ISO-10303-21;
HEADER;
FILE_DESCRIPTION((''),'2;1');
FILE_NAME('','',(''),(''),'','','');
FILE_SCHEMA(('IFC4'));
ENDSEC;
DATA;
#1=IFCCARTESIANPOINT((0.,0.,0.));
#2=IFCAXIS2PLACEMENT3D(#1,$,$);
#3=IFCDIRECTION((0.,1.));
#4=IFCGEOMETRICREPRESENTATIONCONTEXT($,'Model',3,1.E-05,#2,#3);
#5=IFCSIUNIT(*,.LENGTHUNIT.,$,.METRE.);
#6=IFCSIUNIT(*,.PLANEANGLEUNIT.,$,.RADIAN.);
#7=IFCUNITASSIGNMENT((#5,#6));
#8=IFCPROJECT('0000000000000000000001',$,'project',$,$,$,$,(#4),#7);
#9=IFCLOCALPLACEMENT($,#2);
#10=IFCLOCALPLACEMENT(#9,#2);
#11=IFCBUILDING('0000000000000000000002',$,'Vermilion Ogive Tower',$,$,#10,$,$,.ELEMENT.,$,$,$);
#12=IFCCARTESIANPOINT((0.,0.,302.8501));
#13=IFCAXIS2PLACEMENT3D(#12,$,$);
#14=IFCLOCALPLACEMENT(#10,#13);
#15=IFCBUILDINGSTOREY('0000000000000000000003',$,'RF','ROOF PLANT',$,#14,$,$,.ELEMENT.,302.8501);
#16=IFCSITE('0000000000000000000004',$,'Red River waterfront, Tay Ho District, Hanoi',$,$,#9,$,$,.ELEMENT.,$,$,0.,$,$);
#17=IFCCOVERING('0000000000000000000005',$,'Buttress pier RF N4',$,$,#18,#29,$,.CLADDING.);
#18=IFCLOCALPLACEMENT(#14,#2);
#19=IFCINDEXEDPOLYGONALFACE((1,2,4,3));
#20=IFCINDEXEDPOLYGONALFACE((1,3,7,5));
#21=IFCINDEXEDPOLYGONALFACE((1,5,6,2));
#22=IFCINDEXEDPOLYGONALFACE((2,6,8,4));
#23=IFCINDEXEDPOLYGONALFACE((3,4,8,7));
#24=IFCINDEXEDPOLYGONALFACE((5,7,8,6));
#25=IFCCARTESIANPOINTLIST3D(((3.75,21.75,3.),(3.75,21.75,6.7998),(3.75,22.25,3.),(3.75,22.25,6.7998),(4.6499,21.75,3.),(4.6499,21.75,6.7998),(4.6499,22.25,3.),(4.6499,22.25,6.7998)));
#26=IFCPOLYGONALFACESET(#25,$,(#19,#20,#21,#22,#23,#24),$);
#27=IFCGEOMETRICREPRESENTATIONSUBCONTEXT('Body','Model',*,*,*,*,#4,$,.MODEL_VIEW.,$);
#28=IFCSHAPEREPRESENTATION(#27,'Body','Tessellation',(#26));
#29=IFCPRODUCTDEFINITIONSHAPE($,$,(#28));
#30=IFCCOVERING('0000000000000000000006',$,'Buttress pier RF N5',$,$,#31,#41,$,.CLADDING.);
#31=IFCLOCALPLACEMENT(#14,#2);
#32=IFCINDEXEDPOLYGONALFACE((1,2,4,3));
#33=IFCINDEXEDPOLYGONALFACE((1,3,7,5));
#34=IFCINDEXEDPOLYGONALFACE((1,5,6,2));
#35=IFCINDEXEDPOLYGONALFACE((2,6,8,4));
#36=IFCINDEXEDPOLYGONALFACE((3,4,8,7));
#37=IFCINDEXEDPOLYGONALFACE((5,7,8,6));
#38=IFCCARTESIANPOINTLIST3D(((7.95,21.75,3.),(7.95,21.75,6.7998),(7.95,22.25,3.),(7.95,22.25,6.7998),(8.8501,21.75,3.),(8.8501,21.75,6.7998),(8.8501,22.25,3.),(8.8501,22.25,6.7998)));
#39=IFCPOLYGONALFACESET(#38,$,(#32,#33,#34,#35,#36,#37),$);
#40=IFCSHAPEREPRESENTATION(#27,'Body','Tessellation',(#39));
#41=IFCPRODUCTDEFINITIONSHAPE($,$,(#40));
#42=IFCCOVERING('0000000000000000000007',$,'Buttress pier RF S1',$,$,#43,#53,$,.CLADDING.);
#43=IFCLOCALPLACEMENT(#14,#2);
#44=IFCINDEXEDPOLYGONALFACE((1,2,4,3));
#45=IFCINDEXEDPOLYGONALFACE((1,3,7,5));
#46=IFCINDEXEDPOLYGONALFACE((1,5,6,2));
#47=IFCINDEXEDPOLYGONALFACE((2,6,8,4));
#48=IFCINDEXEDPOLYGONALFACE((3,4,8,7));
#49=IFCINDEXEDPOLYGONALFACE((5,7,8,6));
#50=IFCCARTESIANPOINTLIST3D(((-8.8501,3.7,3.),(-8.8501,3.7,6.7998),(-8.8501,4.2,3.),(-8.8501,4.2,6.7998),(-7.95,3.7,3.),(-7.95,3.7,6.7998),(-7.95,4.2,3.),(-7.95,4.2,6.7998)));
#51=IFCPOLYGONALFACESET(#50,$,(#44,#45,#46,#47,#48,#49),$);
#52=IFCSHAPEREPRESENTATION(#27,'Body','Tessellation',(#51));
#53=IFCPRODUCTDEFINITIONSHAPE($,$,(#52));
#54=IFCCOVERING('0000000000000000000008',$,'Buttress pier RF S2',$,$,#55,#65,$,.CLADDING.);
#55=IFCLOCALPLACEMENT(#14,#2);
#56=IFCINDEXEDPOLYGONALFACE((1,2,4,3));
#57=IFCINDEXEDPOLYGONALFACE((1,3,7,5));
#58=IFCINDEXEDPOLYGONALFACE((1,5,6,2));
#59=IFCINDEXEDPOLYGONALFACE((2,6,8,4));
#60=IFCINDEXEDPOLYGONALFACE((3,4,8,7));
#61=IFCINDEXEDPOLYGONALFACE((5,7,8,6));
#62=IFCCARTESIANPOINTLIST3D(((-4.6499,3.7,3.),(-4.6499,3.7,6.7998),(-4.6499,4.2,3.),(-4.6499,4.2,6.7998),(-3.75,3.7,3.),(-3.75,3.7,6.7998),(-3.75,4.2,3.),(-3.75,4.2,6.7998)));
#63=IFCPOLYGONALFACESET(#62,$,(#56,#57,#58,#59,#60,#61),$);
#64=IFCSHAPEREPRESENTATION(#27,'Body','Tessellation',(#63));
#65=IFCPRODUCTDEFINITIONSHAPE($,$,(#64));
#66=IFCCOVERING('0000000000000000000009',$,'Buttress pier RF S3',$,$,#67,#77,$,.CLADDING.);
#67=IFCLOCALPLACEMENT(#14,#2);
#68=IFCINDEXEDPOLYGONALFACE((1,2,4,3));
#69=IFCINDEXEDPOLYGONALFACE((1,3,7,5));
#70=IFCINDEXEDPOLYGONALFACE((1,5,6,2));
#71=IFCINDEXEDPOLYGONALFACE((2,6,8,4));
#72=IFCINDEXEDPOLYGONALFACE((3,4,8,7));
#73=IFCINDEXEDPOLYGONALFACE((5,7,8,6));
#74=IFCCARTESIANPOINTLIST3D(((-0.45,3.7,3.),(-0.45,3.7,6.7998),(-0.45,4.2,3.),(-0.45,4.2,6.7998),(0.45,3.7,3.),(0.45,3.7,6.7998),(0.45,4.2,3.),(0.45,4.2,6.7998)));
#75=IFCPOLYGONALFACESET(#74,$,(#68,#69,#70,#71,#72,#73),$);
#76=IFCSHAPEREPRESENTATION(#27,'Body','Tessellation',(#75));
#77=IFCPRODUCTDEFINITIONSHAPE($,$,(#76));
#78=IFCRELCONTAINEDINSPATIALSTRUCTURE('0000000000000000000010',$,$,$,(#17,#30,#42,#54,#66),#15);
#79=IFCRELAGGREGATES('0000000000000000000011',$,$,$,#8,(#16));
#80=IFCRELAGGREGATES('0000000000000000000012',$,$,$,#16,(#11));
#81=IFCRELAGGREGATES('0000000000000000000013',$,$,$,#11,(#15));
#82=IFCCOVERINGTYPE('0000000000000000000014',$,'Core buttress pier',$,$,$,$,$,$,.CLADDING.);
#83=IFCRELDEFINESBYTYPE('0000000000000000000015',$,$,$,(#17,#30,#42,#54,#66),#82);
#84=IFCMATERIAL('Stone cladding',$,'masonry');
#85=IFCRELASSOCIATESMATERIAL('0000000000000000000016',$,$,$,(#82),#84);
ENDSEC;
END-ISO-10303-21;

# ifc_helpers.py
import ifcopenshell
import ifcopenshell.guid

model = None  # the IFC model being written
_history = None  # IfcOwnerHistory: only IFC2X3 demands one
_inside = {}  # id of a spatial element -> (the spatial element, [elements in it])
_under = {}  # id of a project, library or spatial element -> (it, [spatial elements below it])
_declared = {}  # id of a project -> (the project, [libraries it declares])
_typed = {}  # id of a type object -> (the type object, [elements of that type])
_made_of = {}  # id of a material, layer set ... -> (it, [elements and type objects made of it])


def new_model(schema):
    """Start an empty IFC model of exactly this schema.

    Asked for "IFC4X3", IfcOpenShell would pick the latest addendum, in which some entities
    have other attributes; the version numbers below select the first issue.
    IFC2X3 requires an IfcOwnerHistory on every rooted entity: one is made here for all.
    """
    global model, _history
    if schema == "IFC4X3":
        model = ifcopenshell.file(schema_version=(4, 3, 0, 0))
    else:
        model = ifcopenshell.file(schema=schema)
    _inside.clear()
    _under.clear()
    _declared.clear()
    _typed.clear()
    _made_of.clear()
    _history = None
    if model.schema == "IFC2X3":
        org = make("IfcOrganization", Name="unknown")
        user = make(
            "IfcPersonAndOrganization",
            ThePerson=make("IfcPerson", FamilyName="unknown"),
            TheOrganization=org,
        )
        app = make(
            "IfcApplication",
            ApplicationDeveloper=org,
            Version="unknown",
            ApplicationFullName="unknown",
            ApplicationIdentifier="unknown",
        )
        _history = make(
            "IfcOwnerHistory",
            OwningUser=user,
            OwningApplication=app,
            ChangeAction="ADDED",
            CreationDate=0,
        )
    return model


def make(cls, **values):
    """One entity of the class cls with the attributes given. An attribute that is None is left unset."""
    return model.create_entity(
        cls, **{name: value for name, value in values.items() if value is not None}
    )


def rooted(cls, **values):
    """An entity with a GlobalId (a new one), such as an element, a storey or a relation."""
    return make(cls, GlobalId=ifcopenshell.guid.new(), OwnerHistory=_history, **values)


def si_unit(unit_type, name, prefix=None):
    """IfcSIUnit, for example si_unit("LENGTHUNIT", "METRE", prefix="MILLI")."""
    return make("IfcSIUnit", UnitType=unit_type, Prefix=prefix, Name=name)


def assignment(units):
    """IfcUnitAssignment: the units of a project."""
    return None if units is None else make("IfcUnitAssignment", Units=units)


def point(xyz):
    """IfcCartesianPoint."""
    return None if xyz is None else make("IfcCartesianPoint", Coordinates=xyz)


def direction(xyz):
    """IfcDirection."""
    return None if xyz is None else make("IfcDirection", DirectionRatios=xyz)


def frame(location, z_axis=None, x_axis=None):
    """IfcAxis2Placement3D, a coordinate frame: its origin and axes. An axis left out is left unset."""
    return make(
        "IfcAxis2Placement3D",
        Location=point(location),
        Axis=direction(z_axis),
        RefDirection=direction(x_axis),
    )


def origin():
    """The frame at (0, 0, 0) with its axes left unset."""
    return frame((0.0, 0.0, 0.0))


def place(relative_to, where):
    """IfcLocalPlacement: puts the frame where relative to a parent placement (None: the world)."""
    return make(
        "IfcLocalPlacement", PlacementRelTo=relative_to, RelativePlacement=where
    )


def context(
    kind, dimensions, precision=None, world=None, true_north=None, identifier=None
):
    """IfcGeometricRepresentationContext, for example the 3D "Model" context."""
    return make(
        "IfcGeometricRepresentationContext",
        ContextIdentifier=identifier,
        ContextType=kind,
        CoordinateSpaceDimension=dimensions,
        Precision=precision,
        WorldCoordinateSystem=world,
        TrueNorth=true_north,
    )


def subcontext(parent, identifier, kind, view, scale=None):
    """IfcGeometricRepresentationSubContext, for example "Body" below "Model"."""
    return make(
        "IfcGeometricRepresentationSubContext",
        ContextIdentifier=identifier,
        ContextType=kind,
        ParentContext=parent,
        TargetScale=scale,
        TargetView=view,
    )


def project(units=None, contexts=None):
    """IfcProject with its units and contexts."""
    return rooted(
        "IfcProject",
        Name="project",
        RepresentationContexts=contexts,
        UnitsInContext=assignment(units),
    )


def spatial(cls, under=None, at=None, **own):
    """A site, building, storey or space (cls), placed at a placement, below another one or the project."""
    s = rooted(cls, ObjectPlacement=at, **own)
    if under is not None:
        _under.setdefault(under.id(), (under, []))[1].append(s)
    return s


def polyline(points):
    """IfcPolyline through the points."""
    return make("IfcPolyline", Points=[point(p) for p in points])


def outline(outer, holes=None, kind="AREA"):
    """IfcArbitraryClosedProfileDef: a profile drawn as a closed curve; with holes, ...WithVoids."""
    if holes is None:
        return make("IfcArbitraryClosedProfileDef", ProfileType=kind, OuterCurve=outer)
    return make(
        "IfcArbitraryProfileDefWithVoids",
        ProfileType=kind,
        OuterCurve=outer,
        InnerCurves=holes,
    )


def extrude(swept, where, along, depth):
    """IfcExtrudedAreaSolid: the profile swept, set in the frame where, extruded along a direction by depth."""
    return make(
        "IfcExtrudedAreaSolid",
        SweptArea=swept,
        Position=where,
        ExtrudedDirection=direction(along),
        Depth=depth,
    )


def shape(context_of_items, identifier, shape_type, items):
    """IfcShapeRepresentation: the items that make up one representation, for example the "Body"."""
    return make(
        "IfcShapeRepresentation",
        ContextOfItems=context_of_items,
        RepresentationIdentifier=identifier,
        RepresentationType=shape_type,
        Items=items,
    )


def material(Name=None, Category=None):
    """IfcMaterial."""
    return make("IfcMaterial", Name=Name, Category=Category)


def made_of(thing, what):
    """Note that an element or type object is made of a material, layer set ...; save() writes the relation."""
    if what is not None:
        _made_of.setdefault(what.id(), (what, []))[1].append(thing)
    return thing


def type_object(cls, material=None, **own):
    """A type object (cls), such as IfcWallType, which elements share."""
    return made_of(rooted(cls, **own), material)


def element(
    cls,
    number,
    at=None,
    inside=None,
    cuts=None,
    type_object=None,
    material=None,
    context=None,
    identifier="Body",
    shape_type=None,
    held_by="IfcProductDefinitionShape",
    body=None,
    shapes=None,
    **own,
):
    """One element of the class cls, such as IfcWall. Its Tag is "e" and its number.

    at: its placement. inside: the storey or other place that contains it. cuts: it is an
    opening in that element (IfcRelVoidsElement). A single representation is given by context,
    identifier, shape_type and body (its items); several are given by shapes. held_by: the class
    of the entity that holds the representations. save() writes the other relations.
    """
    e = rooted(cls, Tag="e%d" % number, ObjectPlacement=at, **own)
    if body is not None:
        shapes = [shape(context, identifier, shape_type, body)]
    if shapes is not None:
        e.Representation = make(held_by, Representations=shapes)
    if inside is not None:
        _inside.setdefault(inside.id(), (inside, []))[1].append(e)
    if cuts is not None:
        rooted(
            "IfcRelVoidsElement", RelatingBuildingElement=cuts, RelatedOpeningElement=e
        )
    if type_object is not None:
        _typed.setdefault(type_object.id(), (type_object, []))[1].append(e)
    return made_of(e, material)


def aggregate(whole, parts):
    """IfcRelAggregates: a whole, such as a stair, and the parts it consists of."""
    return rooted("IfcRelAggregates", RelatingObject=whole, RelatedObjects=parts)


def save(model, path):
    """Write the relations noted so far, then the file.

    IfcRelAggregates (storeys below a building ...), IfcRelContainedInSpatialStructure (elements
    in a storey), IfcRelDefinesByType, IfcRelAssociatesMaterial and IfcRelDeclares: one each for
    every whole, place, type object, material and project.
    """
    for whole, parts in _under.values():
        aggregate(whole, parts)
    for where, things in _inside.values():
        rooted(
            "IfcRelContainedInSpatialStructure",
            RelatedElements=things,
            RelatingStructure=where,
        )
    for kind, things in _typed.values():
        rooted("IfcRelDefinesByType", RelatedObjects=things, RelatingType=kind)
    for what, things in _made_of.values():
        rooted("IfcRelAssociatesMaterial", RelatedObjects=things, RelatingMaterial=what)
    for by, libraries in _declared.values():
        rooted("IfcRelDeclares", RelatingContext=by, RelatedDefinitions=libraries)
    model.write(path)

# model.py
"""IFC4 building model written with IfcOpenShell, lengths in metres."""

from ifc_helpers import new_model, si_unit, direction, frame, origin, place, context, subcontext, project, spatial, polyline, outline, extrude, material, type_object, element, save


model = new_model("IFC4")

# Units and contexts
model_context = context("Model", 3, precision=1e-05, world=origin(), true_north=direction((0.0, 1.0)))
body_context = subcontext(model_context, "Body", "Model", "MODEL_VIEW")
ifc_project = project(units=[si_unit("LENGTHUNIT", "METRE"), si_unit("PLANEANGLEUNIT", "RADIAN")], contexts=[model_context])

# Site, building, storey
site_placement = place(None, origin())
site = spatial("IfcSite", under=ifc_project, at=site_placement, Name="Red River waterfront, Tay Ho District, Hanoi", CompositionType="ELEMENT", RefElevation=0.0)
building_placement = place(site_placement, origin())
building = spatial("IfcBuilding", under=site, at=building_placement, Name="Vermilion Ogive Tower", CompositionType="ELEMENT")
storey_placement = place(building_placement, frame((0.0, 0.0, 302.8501)))
storey = spatial("IfcBuildingStorey", under=building, at=storey_placement, Name="RF", Description="ROOF PLANT", CompositionType="ELEMENT", Elevation=302.8501)

# Coverings
ifc_material_1 = material(Name="Stone cladding", Category="masonry")
covering_type = type_object("IfcCoveringType", Name="Core buttress pier", PredefinedType="CLADDING", material=ifc_material_1)
covering_1_placement = place(storey_placement, frame((0.0, 0.0, 3.0)))
element("IfcCovering", 1, at=covering_1_placement, inside=storey, type_object=covering_type, Name="Buttress pier RF N4", PredefinedType="CLADDING", context=body_context, shape_type="SweptSolid", body=[
    extrude(outline(polyline([(3.75, 21.75), (4.6499, 21.75), (4.6499, 22.25), (3.75, 22.25), (3.75, 21.75)])), origin(), (0.0, 0.0, 1.0), 3.7998),
])
covering_2_placement = place(storey_placement, frame((0.0, 0.0, 3.0)))
element("IfcCovering", 2, at=covering_2_placement, inside=storey, type_object=covering_type, Name="Buttress pier RF N5", PredefinedType="CLADDING", context=body_context, shape_type="SweptSolid", body=[
    extrude(outline(polyline([(7.95, 21.75), (8.8501, 21.75), (8.8501, 22.25), (7.95, 22.25), (7.95, 21.75)])), origin(), (0.0, 0.0, 1.0), 3.7998),
])
covering_3_placement = place(storey_placement, frame((0.0, 0.0, 3.0)))
element("IfcCovering", 3, at=covering_3_placement, inside=storey, type_object=covering_type, Name="Buttress pier RF S1", PredefinedType="CLADDING", context=body_context, shape_type="SweptSolid", body=[
    extrude(outline(polyline([(-7.95, 4.2), (-8.8501, 4.2), (-8.8501, 3.7), (-7.95, 3.7), (-7.95, 4.2)])), origin(), (0.0, 0.0, 1.0), 3.7998),
])
covering_4_placement = place(storey_placement, frame((0.0, 0.0, 3.0)))
element("IfcCovering", 4, at=covering_4_placement, inside=storey, type_object=covering_type, Name="Buttress pier RF S2", PredefinedType="CLADDING", context=body_context, shape_type="SweptSolid", body=[
    extrude(outline(polyline([(-3.75, 4.2), (-4.6499, 4.2), (-4.6499, 3.7), (-3.75, 3.7), (-3.75, 4.2)])), origin(), (0.0, 0.0, 1.0), 3.7998),
])
covering_5_placement = place(storey_placement, frame((0.0, 0.0, 3.0)))
element("IfcCovering", 5, at=covering_5_placement, inside=storey, type_object=covering_type, Name="Buttress pier RF S3", PredefinedType="CLADDING", context=body_context, shape_type="SweptSolid", body=[
    extrude(outline(polyline([(0.45, 4.2), (-0.45, 4.2), (-0.45, 3.7), (0.45, 3.7), (0.45, 4.2)])), origin(), (0.0, 0.0, 1.0), 3.7998),
])

save(model, "model.ifc")
